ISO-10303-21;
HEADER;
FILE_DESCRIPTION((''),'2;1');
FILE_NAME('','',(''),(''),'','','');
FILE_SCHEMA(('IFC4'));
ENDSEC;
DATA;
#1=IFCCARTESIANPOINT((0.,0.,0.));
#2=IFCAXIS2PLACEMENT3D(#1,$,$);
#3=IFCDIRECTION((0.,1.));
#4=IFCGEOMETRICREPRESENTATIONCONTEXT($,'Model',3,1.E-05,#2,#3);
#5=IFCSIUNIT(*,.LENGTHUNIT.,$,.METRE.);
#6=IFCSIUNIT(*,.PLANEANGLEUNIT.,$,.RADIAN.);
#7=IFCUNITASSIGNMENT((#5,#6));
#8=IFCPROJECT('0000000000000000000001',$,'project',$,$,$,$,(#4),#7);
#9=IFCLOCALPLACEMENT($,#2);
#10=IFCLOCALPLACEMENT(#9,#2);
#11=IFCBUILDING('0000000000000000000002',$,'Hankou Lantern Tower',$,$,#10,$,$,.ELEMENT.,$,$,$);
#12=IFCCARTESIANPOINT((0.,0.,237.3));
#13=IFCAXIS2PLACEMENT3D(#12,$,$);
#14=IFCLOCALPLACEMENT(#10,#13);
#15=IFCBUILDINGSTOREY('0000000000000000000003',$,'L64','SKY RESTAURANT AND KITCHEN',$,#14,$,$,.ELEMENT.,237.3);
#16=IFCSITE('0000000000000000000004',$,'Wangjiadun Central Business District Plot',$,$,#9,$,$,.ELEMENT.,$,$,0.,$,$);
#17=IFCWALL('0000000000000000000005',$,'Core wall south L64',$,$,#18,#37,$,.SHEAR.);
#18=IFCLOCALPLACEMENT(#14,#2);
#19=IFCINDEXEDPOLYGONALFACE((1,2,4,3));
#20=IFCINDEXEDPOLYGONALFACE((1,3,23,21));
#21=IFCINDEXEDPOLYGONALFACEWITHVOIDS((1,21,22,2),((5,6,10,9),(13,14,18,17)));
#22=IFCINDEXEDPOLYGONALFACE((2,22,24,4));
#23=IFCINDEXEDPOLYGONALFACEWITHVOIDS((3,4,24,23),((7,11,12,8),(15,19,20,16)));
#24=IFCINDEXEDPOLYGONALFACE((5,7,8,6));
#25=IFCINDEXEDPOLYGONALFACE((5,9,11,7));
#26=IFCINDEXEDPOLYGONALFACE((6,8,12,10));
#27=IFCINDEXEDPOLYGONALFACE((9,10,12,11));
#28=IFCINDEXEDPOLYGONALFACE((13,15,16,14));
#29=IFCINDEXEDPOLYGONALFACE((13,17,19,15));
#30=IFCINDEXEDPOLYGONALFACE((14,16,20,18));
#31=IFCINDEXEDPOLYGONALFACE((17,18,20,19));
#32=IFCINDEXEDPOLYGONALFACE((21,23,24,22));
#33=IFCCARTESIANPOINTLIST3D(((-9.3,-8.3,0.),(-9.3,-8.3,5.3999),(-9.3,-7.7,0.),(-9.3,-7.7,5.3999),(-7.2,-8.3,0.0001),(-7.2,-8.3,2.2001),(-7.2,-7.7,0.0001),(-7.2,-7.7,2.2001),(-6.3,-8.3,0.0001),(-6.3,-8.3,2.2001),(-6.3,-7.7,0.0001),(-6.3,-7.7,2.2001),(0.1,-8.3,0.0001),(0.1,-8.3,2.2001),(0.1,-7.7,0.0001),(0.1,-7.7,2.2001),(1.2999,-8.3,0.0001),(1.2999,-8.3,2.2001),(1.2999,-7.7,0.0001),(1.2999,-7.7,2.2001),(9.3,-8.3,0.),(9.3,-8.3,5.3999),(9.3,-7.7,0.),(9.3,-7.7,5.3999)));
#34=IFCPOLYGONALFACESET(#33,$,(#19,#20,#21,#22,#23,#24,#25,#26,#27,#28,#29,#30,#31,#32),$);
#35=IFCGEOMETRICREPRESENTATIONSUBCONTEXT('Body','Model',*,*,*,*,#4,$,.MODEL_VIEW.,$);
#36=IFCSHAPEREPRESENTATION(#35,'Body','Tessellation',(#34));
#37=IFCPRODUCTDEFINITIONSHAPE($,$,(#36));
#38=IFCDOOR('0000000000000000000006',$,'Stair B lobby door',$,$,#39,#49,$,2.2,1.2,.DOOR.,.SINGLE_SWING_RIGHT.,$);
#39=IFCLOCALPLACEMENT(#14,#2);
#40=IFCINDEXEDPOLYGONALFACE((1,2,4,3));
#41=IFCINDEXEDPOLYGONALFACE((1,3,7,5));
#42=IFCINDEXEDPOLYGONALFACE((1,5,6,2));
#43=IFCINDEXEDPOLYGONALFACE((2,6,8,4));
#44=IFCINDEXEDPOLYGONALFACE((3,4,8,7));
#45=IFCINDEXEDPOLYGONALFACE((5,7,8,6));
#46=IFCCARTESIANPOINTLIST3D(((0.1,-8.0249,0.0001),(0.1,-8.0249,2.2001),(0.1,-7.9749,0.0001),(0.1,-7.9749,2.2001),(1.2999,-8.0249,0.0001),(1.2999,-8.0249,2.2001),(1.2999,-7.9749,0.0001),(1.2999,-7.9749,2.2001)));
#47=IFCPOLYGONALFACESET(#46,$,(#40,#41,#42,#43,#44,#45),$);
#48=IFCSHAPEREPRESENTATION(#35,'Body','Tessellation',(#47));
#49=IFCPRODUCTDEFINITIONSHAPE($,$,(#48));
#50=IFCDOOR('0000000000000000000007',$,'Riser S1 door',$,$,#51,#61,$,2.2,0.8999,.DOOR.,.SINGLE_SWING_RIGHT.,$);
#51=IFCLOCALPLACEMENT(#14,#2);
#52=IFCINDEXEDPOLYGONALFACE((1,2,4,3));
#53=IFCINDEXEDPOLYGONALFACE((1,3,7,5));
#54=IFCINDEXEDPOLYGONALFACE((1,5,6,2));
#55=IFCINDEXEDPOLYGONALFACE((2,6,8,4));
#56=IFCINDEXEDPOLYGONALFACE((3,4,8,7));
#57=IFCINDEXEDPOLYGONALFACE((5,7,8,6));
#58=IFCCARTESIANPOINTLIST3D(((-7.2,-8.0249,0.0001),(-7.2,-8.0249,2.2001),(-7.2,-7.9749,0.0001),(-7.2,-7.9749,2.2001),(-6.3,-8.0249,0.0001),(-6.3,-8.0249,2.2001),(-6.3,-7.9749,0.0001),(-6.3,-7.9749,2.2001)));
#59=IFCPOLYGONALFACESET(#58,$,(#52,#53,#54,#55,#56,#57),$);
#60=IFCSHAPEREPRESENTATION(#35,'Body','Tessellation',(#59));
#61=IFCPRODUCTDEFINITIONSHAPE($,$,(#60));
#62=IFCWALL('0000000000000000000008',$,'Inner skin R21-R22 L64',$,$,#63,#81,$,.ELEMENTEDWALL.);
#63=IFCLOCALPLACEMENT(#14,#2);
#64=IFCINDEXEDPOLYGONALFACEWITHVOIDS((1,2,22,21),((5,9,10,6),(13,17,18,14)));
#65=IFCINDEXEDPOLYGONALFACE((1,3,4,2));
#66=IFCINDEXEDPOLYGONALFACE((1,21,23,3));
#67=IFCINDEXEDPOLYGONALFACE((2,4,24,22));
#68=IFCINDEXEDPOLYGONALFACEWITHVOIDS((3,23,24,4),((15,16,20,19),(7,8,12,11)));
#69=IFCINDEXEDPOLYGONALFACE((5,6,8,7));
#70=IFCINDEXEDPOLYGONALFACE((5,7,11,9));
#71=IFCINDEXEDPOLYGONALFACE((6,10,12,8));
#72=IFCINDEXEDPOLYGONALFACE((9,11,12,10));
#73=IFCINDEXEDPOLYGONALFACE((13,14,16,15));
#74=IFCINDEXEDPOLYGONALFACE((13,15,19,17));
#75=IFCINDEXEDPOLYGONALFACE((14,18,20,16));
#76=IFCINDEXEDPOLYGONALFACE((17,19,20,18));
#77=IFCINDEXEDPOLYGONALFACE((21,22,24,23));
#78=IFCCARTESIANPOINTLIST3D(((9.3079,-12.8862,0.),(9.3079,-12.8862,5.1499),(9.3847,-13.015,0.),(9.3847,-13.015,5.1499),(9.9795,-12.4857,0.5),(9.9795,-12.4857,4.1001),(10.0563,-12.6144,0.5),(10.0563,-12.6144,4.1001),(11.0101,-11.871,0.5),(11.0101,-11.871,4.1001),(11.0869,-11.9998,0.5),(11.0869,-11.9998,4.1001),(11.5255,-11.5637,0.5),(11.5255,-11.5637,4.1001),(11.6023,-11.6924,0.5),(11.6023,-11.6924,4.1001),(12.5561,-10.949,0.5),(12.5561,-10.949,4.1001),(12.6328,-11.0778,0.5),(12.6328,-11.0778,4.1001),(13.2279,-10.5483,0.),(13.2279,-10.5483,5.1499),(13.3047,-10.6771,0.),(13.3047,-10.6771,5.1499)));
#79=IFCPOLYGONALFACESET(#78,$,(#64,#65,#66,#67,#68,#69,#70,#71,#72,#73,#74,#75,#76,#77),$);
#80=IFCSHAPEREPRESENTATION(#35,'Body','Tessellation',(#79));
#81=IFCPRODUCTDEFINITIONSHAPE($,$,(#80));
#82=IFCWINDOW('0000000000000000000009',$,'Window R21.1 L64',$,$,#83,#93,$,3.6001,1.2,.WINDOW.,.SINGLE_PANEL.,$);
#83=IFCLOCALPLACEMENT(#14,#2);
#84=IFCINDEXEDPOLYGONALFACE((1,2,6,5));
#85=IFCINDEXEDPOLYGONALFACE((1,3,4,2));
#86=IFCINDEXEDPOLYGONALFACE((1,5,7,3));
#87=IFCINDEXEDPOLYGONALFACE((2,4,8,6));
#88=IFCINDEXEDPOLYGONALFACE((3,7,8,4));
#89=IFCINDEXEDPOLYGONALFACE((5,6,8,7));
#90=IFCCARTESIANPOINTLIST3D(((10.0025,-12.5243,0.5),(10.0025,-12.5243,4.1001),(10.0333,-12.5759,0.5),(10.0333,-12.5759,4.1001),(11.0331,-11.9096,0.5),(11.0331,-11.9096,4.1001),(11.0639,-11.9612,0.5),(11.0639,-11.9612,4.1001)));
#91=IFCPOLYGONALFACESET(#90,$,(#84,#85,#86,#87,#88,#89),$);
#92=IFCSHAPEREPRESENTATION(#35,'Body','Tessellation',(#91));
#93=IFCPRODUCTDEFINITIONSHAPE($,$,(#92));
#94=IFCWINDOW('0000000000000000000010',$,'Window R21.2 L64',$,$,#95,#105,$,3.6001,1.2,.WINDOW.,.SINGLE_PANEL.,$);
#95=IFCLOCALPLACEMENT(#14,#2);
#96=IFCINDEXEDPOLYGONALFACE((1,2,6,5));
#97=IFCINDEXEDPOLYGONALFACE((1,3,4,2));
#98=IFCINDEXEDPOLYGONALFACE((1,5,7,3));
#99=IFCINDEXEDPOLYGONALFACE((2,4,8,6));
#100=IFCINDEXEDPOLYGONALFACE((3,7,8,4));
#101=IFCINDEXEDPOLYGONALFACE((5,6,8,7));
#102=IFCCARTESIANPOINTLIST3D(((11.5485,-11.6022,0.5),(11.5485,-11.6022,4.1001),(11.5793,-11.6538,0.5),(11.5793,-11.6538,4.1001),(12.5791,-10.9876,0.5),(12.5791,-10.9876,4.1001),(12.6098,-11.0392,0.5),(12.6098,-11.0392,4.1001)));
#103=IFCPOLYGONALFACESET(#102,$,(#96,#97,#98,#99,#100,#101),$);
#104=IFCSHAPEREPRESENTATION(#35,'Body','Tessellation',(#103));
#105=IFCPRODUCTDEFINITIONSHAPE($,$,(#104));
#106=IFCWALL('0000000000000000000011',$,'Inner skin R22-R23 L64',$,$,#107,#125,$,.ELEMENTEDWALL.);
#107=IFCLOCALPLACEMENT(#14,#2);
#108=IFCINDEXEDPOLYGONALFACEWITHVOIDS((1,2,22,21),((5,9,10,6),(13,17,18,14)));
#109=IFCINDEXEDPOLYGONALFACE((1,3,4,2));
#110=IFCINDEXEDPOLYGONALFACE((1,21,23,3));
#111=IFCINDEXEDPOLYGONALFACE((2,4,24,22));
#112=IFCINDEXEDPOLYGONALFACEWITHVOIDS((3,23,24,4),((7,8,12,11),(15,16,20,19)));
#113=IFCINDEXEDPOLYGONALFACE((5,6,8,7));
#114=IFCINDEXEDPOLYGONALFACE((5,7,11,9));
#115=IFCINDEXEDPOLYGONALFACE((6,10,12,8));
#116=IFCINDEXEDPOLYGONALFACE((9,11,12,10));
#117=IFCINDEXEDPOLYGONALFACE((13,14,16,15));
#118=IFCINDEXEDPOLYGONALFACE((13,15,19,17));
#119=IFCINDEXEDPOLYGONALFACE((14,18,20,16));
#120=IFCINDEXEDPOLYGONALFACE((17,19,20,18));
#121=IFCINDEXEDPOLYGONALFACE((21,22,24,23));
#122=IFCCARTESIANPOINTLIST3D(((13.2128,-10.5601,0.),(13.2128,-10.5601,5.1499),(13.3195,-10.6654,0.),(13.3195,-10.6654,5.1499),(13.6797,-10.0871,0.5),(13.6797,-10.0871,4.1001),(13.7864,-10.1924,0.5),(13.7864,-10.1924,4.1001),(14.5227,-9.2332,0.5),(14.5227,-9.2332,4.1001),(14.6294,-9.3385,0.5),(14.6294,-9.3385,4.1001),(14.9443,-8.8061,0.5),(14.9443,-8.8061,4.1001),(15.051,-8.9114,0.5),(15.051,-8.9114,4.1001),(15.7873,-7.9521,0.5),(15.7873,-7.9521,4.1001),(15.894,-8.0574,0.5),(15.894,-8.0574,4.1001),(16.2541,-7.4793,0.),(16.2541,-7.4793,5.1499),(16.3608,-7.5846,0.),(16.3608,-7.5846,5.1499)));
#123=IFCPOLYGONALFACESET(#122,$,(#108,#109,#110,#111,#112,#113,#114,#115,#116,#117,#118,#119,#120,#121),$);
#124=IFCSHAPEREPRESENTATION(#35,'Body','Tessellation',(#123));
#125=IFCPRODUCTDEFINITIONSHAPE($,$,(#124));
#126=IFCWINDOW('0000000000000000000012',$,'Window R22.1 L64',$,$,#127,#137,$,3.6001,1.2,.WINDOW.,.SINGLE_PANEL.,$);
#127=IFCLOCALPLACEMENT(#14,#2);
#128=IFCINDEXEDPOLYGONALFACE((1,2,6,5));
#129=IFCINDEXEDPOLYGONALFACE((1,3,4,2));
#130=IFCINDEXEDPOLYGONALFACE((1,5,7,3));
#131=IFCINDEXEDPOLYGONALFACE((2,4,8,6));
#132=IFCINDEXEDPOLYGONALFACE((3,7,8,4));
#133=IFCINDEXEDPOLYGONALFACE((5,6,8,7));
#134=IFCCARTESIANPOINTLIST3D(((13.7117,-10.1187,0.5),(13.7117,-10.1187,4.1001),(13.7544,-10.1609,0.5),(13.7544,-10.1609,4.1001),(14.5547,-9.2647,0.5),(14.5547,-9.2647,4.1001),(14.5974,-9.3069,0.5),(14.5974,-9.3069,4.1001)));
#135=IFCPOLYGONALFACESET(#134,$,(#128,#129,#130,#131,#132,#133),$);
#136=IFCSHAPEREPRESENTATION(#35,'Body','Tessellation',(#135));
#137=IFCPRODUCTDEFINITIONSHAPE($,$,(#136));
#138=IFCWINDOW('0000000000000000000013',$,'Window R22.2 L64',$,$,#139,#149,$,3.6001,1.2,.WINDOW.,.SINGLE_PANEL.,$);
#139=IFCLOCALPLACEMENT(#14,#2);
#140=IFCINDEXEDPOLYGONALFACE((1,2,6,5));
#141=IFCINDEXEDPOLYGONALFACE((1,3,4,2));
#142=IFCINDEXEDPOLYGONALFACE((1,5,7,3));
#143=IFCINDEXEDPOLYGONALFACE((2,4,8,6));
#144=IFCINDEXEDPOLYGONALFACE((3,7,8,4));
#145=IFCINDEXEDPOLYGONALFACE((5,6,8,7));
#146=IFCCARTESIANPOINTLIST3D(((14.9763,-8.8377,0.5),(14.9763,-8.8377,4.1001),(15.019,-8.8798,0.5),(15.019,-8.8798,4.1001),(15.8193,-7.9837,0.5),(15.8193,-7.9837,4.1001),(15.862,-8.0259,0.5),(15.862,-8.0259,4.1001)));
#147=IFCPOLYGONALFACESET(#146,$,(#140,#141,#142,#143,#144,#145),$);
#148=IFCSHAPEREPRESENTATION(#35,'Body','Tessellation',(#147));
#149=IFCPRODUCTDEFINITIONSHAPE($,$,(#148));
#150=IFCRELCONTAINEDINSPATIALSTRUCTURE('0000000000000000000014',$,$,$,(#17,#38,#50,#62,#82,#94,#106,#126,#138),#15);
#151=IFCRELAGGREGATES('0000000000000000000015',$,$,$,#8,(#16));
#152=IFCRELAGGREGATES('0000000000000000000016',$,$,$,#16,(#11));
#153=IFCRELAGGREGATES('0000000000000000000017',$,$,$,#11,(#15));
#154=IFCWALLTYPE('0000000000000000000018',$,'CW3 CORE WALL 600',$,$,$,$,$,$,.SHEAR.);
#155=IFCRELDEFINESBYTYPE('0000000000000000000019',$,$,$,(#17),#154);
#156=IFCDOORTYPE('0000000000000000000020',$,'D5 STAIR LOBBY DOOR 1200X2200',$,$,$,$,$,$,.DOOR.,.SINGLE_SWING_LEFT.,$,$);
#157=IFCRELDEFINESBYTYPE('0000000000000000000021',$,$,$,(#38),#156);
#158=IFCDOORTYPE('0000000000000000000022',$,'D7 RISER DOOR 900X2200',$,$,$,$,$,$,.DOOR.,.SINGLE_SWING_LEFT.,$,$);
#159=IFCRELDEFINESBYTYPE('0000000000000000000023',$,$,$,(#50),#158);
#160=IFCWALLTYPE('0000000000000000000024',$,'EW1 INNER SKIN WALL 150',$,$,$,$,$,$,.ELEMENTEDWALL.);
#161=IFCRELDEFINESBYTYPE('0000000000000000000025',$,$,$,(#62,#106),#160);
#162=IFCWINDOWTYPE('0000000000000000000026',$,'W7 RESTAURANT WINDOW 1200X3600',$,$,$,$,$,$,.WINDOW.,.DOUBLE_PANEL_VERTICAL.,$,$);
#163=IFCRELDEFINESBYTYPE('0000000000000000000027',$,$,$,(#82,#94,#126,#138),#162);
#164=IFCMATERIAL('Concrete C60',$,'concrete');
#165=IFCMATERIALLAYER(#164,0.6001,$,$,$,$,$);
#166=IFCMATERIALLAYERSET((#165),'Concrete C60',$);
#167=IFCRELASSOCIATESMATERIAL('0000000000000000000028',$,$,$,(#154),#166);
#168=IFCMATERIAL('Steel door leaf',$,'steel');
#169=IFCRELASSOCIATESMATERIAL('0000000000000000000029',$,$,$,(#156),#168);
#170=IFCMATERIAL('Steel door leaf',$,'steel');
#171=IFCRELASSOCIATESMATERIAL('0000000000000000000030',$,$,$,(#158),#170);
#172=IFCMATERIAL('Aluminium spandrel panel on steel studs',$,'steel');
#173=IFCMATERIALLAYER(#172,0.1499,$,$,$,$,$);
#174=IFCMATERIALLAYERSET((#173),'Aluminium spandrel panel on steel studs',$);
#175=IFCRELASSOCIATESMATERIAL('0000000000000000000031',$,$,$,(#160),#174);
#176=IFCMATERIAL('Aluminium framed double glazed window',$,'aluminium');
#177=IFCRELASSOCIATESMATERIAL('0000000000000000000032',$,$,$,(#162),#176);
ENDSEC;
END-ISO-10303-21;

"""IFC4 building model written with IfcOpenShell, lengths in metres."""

from ifc_helpers import new_model, si_unit, direction, frame, frame_2d, origin, place, context, subcontext, project, spatial, rectangle, extrude, material, layer, layer_set, type_object, element, fill, save


model = new_model("IFC4")

# Units and contexts
model_context = context("Model", 3, precision=1e-05, world=origin(), true_north=direction((0.0, 1.0)))
body_context = subcontext(model_context, "Body", "Model", "MODEL_VIEW")
ifc_project = project(units=[si_unit("LENGTHUNIT", "METRE"), si_unit("PLANEANGLEUNIT", "RADIAN")], contexts=[model_context])

# Site, building, storey
site_placement = place(None, origin())
site = spatial("IfcSite", under=ifc_project, at=site_placement, Name="Wangjiadun Central Business District Plot", CompositionType="ELEMENT", RefElevation=0.0)
building_placement = place(site_placement, origin())
building = spatial("IfcBuilding", under=site, at=building_placement, Name="Hankou Lantern Tower", CompositionType="ELEMENT")
storey_placement = place(building_placement, frame((0.0, 0.0, 237.3)))
storey = spatial("IfcBuildingStorey", under=building, at=storey_placement, Name="L64", Description="SKY RESTAURANT AND KITCHEN", CompositionType="ELEMENT", Elevation=237.3)

# Wall, openings, doors
ifc_material_1 = material(Name="Concrete C60", Category="concrete")
ifc_layer_1 = layer(ifc_material_1, 0.6001)
ifc_layer_set_1 = layer_set([ifc_layer_1], Name="Concrete C60")
wall_type_1 = type_object("IfcWallType", Name="CW3 CORE WALL 600", PredefinedType="SHEAR", material=ifc_layer_set_1)
wall_1_placement = place(storey_placement, frame((9.3, -8.0, 0.0), z_axis=(0.0, 0.0, 1.0), x_axis=(-1.0, 0.0, 0.0)))
wall_1 = element("IfcWall", 1, at=wall_1_placement, inside=storey, type_object=wall_type_1, Name="Core wall south L64", PredefinedType="SHEAR", context=body_context, shape_type="SweptSolid", body=[
    extrude(rectangle(XDim=18.6001, YDim=0.6001, at=frame_2d((9.3, 0.0))), origin(), (0.0, 0.0, 1.0), 5.3999),
])
opening_1_placement = place(wall_1_placement, frame((8.0, 0.0, 0.0)))
opening_1 = element("IfcOpeningElement", 2, at=opening_1_placement, cuts=wall_1, PredefinedType="OPENING", context=body_context, shape_type="SweptSolid", body=[
    extrude(rectangle(XDim=1.2, YDim=2.2, at=frame_2d((0.6001, 1.1001))), frame((0.0, 0.3101, 0.0), z_axis=(0.0, -1.0, 0.0), x_axis=(1.0, 0.0, 0.0)), (0.0, 0.0, 1.0), 0.6201),
])
opening_2_placement = place(wall_1_placement, frame((15.6001, 0.0, 0.0)))
opening_2 = element("IfcOpeningElement", 3, at=opening_2_placement, cuts=wall_1, PredefinedType="OPENING", context=body_context, shape_type="SweptSolid", body=[
    extrude(rectangle(XDim=0.8999, YDim=2.2, at=frame_2d((0.45, 1.1001))), frame((0.0, 0.3101, 0.0), z_axis=(0.0, -1.0, 0.0), x_axis=(1.0, 0.0, 0.0)), (0.0, 0.0, 1.0), 0.6201),
])
ifc_material_2 = material(Name="Steel door leaf", Category="steel")
door_type_1 = type_object("IfcDoorType", Name="D5 STAIR LOBBY DOOR 1200X2200", OperationType="SINGLE_SWING_LEFT", PredefinedType="DOOR", material=ifc_material_2)
door_1_placement = place(opening_1_placement, origin())
door_1 = element("IfcDoor", 4, at=door_1_placement, inside=storey, type_object=door_type_1, Name="Stair B lobby door", OperationType="SINGLE_SWING_RIGHT", OverallHeight=2.2, OverallWidth=1.2, PredefinedType="DOOR", context=body_context, shape_type="SweptSolid", body=[
    extrude(rectangle(XDim=1.2, YDim=2.2, at=frame_2d((0.6001, 1.1001))), frame((0.0, 0.0249, 0.0), z_axis=(0.0, -1.0, 0.0), x_axis=(1.0, 0.0, 0.0)), (0.0, 0.0, 1.0), 0.05),
])
fill(opening_1, door_1)
ifc_material_3 = material(Name="Steel door leaf", Category="steel")
door_type_2 = type_object("IfcDoorType", Name="D7 RISER DOOR 900X2200", OperationType="SINGLE_SWING_LEFT", PredefinedType="DOOR", material=ifc_material_3)
door_2_placement = place(opening_2_placement, origin())
door_2 = element("IfcDoor", 5, at=door_2_placement, inside=storey, type_object=door_type_2, Name="Riser S1 door", OperationType="SINGLE_SWING_RIGHT", OverallHeight=2.2, OverallWidth=0.8999, PredefinedType="DOOR", context=body_context, shape_type="SweptSolid", body=[
    extrude(rectangle(XDim=0.8999, YDim=2.2, at=frame_2d((0.45, 1.1001))), frame((0.0, 0.0249, 0.0), z_axis=(0.0, -1.0, 0.0), x_axis=(1.0, 0.0, 0.0)), (0.0, 0.0, 1.0), 0.05),
])
fill(opening_2, door_2)

# Walls, openings, windows
ifc_material_4 = material(Name="Aluminium spandrel panel on steel studs", Category="steel")
ifc_layer_2 = layer(ifc_material_4, 0.1499)
ifc_layer_set_2 = layer_set([ifc_layer_2], Name="Aluminium spandrel panel on steel studs")
wall_type_2 = type_object("IfcWallType", Name="EW1 INNER SKIN WALL 150", PredefinedType="ELEMENTEDWALL", material=ifc_layer_set_2)
wall_2_placement = place(storey_placement, frame((9.3462, -12.9507, 0.0), z_axis=(0.0, 0.0, 1.0), x_axis=(0.858849, 0.512228, 0.0)))
wall_2 = element("IfcWall", 6, at=wall_2_placement, inside=storey, type_object=wall_type_2, Name="Inner skin R21-R22 L64", PredefinedType="ELEMENTEDWALL", context=body_context, shape_type="SweptSolid", body=[
    extrude(rectangle(XDim=4.5642, YDim=0.1499, at=frame_2d((2.2822, 0.0))), origin(), (0.0, 0.0, 1.0), 5.1499),
])
opening_3_placement = place(wall_2_placement, frame((0.782, 0.0, 0.5)))
opening_3 = element("IfcOpeningElement", 7, at=opening_3_placement, cuts=wall_2, PredefinedType="OPENING", context=body_context, shape_type="SweptSolid", body=[
    extrude(rectangle(XDim=1.2, YDim=3.6001, at=frame_2d((0.6001, 1.8))), frame((0.0, 0.085, 0.0), z_axis=(0.0, -1.0, 0.0), x_axis=(1.0, 0.0, 0.0)), (0.0, 0.0, 1.0), 0.1699),
])
opening_4_placement = place(wall_2_placement, frame((2.582, 0.0, 0.5)))
opening_4 = element("IfcOpeningElement", 8, at=opening_4_placement, cuts=wall_2, PredefinedType="OPENING", context=body_context, shape_type="SweptSolid", body=[
    extrude(rectangle(XDim=1.2, YDim=3.6001, at=frame_2d((0.6001, 1.8))), frame((0.0, 0.085, 0.0), z_axis=(0.0, -1.0, 0.0), x_axis=(1.0, 0.0, 0.0)), (0.0, 0.0, 1.0), 0.1699),
])
ifc_material_5 = material(Name="Aluminium framed double glazed window", Category="aluminium")
window_type = type_object("IfcWindowType", Name="W7 RESTAURANT WINDOW 1200X3600", PartitioningType="DOUBLE_PANEL_VERTICAL", PredefinedType="WINDOW", material=ifc_material_5)
window_1_placement = place(opening_3_placement, origin())
window_1 = element("IfcWindow", 9, at=window_1_placement, inside=storey, type_object=window_type, Name="Window R21.1 L64", OverallHeight=3.6001, OverallWidth=1.2, PartitioningType="SINGLE_PANEL", PredefinedType="WINDOW", context=body_context, shape_type="SweptSolid", body=[
    extrude(rectangle(XDim=1.2, YDim=3.6001, at=frame_2d((0.6001, 1.8))), frame((0.0, 0.03, 0.0), z_axis=(0.0, -1.0, 0.0), x_axis=(1.0, 0.0, 0.0)), (0.0, 0.0, 1.0), 0.0601),
])
fill(opening_3, window_1)
window_2_placement = place(opening_4_placement, origin())
window_2 = element("IfcWindow", 10, at=window_2_placement, inside=storey, type_object=window_type, Name="Window R21.2 L64", OverallHeight=3.6001, OverallWidth=1.2, PartitioningType="SINGLE_PANEL", PredefinedType="WINDOW", context=body_context, shape_type="SweptSolid", body=[
    extrude(rectangle(XDim=1.2, YDim=3.6001, at=frame_2d((0.6001, 1.8))), frame((0.0, 0.03, 0.0), z_axis=(0.0, -1.0, 0.0), x_axis=(1.0, 0.0, 0.0)), (0.0, 0.0, 1.0), 0.0601),
])
fill(opening_4, window_2)
wall_3_placement = place(storey_placement, frame((13.2661, -10.6128, 0.0), z_axis=(0.0, 0.0, 1.0), x_axis=(0.702524, 0.71166, 0.0)))
wall_3 = element("IfcWall", 11, at=wall_3_placement, inside=storey, type_object=wall_type_2, Name="Inner skin R22-R23 L64", PredefinedType="ELEMENTEDWALL", context=body_context, shape_type="SweptSolid", body=[
    extrude(rectangle(XDim=4.3291, YDim=0.1499, at=frame_2d((2.1646, 0.0))), origin(), (0.0, 0.0, 1.0), 5.1499),
])
opening_5_placement = place(wall_3_placement, frame((0.6646, 0.0, 0.5)))
opening_5 = element("IfcOpeningElement", 12, at=opening_5_placement, cuts=wall_3, PredefinedType="OPENING", context=body_context, shape_type="SweptSolid", body=[
    extrude(rectangle(XDim=1.2, YDim=3.6001, at=frame_2d((0.6001, 1.8))), frame((0.0, 0.085, 0.0), z_axis=(0.0, -1.0, 0.0), x_axis=(1.0, 0.0, 0.0)), (0.0, 0.0, 1.0), 0.1699),
])
opening_6_placement = place(wall_3_placement, frame((2.4646, 0.0, 0.5)))
opening_6 = element("IfcOpeningElement", 13, at=opening_6_placement, cuts=wall_3, PredefinedType="OPENING", context=body_context, shape_type="SweptSolid", body=[
    extrude(rectangle(XDim=1.2, YDim=3.6001, at=frame_2d((0.6001, 1.8))), frame((0.0, 0.085, 0.0), z_axis=(0.0, -1.0, 0.0), x_axis=(1.0, 0.0, 0.0)), (0.0, 0.0, 1.0), 0.1699),
])
window_3_placement = place(opening_5_placement, origin())
window_3 = element("IfcWindow", 14, at=window_3_placement, inside=storey, type_object=window_type, Name="Window R22.1 L64", OverallHeight=3.6001, OverallWidth=1.2, PartitioningType="SINGLE_PANEL", PredefinedType="WINDOW", context=body_context, shape_type="SweptSolid", body=[
    extrude(rectangle(XDim=1.2, YDim=3.6001, at=frame_2d((0.6001, 1.8))), frame((0.0, 0.03, 0.0), z_axis=(0.0, -1.0, 0.0), x_axis=(1.0, 0.0, 0.0)), (0.0, 0.0, 1.0), 0.0601),
])
fill(opening_5, window_3)
window_4_placement = place(opening_6_placement, origin())
window_4 = element("IfcWindow", 15, at=window_4_placement, inside=storey, type_object=window_type, Name="Window R22.2 L64", OverallHeight=3.6001, OverallWidth=1.2, PartitioningType="SINGLE_PANEL", PredefinedType="WINDOW", context=body_context, shape_type="SweptSolid", body=[
    extrude(rectangle(XDim=1.2, YDim=3.6001, at=frame_2d((0.6001, 1.8))), frame((0.0, 0.03, 0.0), z_axis=(0.0, -1.0, 0.0), x_axis=(1.0, 0.0, 0.0)), (0.0, 0.0, 1.0), 0.0601),
])
fill(opening_6, window_4)

save(model, "model.ifc")
